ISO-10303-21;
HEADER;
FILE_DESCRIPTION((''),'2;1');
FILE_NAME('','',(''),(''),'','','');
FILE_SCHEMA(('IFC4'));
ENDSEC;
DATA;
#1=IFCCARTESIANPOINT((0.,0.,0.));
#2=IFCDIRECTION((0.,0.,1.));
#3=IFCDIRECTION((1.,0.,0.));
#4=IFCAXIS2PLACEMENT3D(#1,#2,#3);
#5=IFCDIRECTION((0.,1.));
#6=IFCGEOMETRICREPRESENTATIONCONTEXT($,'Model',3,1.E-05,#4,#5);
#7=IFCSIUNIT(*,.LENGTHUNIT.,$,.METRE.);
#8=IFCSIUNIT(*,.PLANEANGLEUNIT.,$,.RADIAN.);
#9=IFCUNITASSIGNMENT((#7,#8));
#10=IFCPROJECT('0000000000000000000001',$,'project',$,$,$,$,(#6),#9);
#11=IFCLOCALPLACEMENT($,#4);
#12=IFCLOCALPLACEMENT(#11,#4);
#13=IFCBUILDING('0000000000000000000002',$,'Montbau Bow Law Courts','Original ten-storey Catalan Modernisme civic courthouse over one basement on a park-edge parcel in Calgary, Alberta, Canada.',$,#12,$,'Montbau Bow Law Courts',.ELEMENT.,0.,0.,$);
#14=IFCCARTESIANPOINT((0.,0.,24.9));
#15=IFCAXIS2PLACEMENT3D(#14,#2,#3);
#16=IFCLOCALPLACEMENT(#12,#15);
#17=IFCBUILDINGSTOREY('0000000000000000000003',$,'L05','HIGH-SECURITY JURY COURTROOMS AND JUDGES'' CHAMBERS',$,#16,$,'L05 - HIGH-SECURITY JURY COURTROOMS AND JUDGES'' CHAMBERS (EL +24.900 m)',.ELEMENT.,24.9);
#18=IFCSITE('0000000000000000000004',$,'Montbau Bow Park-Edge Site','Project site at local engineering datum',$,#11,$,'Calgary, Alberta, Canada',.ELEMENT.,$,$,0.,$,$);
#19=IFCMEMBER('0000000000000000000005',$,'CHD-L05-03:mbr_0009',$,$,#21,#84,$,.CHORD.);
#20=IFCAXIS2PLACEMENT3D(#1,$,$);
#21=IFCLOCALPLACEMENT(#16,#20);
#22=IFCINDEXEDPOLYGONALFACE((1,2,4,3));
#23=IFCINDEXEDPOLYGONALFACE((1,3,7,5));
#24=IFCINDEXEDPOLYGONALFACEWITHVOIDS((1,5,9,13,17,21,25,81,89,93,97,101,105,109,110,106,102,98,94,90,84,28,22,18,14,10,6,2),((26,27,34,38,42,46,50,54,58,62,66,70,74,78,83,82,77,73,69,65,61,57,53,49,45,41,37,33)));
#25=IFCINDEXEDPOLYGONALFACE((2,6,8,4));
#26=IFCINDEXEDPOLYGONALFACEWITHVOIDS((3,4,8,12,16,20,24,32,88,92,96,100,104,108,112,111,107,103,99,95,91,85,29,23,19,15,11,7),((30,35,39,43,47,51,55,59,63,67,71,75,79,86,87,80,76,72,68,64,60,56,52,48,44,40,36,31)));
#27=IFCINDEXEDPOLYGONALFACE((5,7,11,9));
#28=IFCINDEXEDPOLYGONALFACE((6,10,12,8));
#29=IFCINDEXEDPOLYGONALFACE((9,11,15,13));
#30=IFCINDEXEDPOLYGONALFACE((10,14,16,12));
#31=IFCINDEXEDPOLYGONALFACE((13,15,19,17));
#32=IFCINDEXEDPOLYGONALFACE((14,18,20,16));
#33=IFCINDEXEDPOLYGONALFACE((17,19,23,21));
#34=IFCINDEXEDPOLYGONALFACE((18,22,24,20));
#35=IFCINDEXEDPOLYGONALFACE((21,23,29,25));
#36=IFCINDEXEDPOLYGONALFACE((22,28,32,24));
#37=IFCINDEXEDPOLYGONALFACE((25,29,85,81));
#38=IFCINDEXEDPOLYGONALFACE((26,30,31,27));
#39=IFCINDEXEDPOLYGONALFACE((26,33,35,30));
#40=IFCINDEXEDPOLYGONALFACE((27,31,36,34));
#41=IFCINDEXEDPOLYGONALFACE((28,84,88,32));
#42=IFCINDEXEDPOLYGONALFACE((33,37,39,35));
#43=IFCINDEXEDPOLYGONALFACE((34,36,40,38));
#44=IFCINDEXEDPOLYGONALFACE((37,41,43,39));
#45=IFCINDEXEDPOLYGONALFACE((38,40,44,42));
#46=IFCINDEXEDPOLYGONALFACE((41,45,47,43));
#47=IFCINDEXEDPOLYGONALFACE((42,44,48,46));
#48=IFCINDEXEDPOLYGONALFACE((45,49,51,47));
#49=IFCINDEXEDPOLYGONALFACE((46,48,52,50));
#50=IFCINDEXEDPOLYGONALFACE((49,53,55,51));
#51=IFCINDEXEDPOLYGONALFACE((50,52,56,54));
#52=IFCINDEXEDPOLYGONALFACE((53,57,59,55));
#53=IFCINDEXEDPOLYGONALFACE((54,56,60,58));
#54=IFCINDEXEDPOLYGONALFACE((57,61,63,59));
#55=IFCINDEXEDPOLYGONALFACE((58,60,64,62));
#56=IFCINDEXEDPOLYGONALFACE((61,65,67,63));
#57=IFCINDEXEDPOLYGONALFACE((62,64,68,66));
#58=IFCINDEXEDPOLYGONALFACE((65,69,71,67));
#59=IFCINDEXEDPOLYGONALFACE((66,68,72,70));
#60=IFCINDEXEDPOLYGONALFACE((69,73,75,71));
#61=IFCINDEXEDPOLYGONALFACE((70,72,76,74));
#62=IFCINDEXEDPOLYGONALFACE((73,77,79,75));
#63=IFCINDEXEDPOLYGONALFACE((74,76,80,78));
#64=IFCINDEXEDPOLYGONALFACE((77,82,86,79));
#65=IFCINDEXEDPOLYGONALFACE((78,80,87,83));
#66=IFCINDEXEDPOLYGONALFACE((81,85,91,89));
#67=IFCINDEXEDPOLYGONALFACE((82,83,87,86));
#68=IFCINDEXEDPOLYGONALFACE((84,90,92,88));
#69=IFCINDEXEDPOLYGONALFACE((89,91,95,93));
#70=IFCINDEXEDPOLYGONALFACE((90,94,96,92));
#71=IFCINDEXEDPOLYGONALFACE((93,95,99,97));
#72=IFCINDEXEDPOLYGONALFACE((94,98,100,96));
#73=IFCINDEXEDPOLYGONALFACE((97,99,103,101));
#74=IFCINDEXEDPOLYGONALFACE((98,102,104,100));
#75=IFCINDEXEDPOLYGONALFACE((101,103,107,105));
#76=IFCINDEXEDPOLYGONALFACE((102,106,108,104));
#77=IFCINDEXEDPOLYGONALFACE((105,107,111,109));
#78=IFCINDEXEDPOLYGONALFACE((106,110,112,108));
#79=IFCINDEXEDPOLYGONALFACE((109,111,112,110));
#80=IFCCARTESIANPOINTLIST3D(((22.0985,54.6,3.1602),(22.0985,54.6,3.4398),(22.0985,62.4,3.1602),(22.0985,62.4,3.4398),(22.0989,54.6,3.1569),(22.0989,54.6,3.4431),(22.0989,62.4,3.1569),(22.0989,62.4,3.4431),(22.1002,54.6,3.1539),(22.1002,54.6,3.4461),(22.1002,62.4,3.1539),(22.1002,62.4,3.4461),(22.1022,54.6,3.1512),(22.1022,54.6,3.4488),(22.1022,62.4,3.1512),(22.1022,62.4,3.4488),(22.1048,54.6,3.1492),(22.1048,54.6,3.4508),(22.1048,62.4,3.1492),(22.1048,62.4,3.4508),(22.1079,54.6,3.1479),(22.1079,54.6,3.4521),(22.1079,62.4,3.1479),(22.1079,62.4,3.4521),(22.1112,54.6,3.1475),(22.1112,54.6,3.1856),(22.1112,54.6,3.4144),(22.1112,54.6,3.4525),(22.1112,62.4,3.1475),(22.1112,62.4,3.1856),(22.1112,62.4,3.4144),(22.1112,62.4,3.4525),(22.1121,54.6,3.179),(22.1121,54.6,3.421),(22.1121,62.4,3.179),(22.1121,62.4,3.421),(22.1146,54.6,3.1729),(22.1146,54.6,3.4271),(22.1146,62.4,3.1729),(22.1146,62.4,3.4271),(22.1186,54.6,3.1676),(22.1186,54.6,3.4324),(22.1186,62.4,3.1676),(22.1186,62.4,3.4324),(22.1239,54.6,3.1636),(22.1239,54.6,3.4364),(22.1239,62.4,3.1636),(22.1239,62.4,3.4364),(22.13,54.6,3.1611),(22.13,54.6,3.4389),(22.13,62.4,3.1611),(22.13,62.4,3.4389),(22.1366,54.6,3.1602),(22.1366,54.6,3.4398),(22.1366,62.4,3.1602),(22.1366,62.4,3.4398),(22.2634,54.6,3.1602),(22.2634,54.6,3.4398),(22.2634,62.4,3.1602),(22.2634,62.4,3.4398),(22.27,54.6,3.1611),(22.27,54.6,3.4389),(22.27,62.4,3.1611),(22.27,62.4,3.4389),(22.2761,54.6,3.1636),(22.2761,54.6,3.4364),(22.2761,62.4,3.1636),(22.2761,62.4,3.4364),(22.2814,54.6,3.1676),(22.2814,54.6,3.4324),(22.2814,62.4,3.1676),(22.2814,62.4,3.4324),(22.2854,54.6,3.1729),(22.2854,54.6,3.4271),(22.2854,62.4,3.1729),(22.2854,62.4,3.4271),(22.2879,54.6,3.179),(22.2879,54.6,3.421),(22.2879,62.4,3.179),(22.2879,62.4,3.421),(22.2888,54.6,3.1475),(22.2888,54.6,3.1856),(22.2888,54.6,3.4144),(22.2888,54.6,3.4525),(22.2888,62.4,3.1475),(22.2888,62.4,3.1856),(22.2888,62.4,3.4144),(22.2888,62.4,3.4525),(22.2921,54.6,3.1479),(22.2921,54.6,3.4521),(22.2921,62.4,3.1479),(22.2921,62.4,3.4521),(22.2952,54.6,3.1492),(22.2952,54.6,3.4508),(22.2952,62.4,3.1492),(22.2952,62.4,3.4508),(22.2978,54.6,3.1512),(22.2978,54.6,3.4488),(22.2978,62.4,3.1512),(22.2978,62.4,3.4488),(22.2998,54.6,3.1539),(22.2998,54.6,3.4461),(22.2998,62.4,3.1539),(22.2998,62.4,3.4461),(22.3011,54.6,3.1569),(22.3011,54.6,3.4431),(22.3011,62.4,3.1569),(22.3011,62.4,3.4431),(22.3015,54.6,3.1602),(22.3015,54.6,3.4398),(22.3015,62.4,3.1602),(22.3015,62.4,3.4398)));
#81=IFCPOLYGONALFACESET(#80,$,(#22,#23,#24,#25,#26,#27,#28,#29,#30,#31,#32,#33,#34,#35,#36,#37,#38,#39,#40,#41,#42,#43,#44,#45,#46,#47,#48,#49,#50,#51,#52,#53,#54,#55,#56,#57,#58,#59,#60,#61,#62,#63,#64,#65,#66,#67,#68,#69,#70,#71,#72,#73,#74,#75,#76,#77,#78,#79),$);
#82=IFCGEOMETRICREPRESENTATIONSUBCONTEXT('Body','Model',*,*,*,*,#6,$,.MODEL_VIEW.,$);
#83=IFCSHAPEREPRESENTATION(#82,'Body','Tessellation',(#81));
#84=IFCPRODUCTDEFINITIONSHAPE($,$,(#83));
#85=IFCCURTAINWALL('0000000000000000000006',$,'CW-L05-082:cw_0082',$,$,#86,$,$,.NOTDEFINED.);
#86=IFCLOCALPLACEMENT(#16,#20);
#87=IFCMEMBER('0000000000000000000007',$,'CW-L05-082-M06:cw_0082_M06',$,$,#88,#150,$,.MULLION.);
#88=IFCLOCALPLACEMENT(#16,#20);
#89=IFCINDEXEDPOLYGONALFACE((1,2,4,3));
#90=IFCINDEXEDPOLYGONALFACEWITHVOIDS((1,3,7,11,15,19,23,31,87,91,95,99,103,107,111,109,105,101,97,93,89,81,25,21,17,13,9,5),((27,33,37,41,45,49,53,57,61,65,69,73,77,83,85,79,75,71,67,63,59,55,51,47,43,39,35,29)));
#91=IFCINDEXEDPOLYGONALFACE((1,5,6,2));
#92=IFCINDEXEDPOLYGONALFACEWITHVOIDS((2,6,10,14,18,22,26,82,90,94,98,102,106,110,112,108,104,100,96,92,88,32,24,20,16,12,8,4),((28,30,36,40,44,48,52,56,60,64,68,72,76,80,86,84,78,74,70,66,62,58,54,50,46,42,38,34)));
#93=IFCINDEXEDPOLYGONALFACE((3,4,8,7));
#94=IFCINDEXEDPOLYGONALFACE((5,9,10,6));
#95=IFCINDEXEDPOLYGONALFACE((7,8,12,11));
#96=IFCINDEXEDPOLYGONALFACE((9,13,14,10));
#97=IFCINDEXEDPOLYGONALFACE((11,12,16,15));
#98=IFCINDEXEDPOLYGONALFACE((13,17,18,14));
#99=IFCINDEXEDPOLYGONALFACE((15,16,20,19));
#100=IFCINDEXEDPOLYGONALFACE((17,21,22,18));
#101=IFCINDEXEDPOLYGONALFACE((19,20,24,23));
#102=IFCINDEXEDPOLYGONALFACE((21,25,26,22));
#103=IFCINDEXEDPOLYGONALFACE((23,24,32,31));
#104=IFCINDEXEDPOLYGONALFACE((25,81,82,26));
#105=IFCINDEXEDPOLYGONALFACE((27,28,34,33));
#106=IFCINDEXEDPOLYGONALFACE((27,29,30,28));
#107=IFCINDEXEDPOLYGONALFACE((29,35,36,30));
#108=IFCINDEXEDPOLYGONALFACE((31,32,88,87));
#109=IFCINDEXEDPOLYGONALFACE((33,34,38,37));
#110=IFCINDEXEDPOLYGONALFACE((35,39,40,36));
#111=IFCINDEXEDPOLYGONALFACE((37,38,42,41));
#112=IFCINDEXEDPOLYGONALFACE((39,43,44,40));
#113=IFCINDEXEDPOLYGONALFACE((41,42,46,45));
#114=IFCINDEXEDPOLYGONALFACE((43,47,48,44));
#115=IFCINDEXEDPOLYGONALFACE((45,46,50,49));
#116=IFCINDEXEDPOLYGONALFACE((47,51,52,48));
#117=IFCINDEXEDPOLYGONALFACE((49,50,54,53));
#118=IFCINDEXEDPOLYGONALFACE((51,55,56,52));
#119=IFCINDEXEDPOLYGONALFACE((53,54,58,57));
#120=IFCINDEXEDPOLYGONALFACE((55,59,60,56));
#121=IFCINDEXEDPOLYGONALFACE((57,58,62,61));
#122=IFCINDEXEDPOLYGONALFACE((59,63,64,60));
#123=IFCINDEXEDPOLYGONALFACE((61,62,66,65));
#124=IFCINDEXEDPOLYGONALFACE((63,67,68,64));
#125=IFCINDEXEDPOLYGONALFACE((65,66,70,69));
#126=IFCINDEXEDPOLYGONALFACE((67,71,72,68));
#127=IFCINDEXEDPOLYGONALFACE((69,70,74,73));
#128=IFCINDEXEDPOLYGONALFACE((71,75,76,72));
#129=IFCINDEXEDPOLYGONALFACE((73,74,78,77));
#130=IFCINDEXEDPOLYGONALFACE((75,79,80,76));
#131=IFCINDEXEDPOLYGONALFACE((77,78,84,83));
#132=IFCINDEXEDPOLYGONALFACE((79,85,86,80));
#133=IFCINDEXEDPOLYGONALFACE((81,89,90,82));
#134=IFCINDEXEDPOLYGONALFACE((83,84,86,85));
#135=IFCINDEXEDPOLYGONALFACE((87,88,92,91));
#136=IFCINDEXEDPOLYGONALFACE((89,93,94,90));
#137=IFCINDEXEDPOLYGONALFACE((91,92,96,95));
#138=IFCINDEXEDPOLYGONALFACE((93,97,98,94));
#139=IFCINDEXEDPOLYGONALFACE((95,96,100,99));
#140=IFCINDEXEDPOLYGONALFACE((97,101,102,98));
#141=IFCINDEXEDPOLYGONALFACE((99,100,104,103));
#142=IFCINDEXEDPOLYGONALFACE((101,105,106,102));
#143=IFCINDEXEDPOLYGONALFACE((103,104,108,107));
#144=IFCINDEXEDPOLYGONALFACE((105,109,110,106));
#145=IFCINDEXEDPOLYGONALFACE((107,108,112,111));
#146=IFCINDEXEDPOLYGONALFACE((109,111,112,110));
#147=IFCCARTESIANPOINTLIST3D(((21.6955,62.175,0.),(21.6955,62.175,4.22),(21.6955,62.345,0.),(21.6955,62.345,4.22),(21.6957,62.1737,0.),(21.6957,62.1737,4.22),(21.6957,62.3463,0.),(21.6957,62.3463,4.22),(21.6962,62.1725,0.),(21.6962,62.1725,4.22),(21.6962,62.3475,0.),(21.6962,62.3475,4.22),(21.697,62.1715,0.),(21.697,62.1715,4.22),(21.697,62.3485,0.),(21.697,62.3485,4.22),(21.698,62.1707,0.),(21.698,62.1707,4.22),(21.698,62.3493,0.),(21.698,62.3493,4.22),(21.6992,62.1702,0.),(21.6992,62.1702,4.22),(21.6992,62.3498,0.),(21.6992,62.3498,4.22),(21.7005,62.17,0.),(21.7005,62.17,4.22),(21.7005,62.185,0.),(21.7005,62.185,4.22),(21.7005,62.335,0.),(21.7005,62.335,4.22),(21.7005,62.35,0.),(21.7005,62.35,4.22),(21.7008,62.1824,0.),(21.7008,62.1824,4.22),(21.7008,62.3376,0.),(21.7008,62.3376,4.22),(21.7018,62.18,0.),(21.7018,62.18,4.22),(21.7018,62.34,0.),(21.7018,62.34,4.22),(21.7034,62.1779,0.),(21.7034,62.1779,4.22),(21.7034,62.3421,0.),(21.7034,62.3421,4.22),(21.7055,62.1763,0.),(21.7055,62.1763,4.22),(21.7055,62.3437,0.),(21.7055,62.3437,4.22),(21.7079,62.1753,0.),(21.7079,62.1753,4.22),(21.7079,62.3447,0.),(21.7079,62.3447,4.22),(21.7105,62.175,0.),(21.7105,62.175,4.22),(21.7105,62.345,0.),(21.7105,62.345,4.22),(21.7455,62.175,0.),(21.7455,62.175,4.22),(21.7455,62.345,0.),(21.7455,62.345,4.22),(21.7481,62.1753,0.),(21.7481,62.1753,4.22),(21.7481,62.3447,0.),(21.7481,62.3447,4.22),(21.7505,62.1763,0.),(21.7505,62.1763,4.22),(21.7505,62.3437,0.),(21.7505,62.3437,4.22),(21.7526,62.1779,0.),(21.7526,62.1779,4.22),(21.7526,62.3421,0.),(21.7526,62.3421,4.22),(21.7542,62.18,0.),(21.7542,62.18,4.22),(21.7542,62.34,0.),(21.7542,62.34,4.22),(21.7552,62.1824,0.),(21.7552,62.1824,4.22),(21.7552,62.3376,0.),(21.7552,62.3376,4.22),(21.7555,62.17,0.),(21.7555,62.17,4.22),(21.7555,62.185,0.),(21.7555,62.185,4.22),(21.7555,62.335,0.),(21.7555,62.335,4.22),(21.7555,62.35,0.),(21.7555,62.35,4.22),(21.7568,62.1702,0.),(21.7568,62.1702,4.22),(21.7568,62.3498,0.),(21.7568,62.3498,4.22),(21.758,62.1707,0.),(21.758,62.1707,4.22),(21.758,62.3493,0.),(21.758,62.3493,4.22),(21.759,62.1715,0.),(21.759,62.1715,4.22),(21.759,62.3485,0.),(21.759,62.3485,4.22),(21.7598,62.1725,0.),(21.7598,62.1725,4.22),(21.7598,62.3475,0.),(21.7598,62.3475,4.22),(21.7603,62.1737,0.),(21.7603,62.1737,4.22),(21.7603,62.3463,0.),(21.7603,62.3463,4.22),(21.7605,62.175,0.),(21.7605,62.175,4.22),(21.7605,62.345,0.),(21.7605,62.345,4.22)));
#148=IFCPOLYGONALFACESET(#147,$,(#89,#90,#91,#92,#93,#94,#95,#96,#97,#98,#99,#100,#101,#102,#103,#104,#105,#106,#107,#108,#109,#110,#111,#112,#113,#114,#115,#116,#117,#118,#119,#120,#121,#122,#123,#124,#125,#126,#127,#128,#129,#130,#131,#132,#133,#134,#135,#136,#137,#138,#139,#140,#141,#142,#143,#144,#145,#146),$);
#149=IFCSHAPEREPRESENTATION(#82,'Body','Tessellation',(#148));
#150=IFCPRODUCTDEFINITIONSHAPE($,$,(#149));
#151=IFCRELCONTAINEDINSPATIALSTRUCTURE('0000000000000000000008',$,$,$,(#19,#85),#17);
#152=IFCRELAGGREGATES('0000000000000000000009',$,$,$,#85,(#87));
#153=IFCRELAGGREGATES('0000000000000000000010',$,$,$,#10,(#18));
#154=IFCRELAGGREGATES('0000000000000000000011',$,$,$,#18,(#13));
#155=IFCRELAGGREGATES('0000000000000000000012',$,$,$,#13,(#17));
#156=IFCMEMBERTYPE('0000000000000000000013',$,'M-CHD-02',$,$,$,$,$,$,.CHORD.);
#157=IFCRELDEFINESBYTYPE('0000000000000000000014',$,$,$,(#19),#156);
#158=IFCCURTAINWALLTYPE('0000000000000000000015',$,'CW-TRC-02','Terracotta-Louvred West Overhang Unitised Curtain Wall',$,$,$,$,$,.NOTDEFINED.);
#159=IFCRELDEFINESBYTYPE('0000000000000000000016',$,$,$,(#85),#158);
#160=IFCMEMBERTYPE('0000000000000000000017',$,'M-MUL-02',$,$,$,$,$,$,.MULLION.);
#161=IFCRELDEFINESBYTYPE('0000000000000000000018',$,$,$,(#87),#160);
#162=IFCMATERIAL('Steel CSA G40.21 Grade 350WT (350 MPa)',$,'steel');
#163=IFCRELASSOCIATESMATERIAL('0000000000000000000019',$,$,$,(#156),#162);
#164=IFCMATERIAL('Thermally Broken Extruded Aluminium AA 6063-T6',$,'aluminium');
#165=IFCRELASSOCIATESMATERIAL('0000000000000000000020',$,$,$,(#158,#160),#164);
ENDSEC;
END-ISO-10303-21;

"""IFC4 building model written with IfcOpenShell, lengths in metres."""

from ifc_helpers import new_model, si_unit, direction, frame, origin_with_axes, origin_2d_with_axis, place, context, subcontext, project, spatial, hollow_rectangle, extrude, material, material_profile, profile_set, type_object, element, aggregate, save


model = new_model("IFC4")

# Units and contexts
model_context = context("Model", 3, precision=1e-05, world=origin_with_axes(), true_north=direction((0.0, 1.0)))
body_context = subcontext(model_context, "Body", "Model", "MODEL_VIEW")
ifc_project = project(units=[si_unit("LENGTHUNIT", "METRE"), si_unit("PLANEANGLEUNIT", "RADIAN")], contexts=[model_context])

# Site, building, storey
site_placement = place(None, origin_with_axes())
site = spatial("IfcSite", under=ifc_project, at=site_placement, Name="Montbau Bow Park-Edge Site", Description="Project site at local engineering datum", LongName="Calgary, Alberta, Canada", CompositionType="ELEMENT", RefElevation=0.0)
building_placement = place(site_placement, origin_with_axes())
building = spatial("IfcBuilding", under=site, at=building_placement, Name="Montbau Bow Law Courts", Description="Original ten-storey Catalan Modernisme civic courthouse over one basement on a park-edge parcel in Calgary, Alberta, Canada.", LongName="Montbau Bow Law Courts", CompositionType="ELEMENT", ElevationOfRefHeight=0.0, ElevationOfTerrain=0.0)
storey_placement = place(building_placement, frame((0.0, 0.0, 24.9), z_axis=(0.0, 0.0, 1.0), x_axis=(1.0, 0.0, 0.0)))
storey = spatial("IfcBuildingStorey", under=building, at=storey_placement, Name="L05", Description="HIGH-SECURITY JURY COURTROOMS AND JUDGES' CHAMBERS", LongName="L05 - HIGH-SECURITY JURY COURTROOMS AND JUDGES' CHAMBERS (EL +24.900 m)", CompositionType="ELEMENT", Elevation=24.9)

# Shared definitions
ifc_material_1 = material(Name="Steel CSA G40.21 Grade 350WT (350 MPa)", Category="steel")

# Member
ifc_material_profile_1 = material_profile(ifc_material_1, hollow_rectangle(XDim=0.203, YDim=0.305, WallThickness=0.0127, InnerFilletRadius=0.0254, OuterFilletRadius=0.0127, at=origin_2d_with_axis()), Name="HSS305X203X13", Category="Main", Priority=0)
ifc_profile_set_1 = profile_set([ifc_material_profile_1], Name="Steel CSA G40.21 Grade 350WT (350 MPa)")
member_type_1 = type_object("IfcMemberType", Name="M-CHD-02", PredefinedType="CHORD", material=ifc_profile_set_1)
for number, where, z_axis, x_axis, name in (
    (1, (22.2, 54.6, 28.2), (0.0, 1.0, 0.0), (-1.0, 0.0, 0.0), "CHD-L05-03:mbr_0009"),
):
    element("IfcMember", number, at=place(None, frame(where, z_axis=z_axis, x_axis=x_axis)), inside=storey, type_object=member_type_1, Name=name, PredefinedType="CHORD", context=body_context, shape_type="SweptSolid", body=[
        extrude(hollow_rectangle(XDim=0.203, YDim=0.305, WallThickness=0.0127, InnerFilletRadius=0.0254, OuterFilletRadius=0.0127, at=origin_2d_with_axis()), origin_with_axes(), (0.0, 0.0, 1.0), 7.8),
    ])

# Curtain wall, member
ifc_material_2 = material(Name="Thermally Broken Extruded Aluminium AA 6063-T6", Category="aluminium")
curtain_wall_type = type_object("IfcCurtainWallType", Name="CW-TRC-02", Description="Terracotta-Louvred West Overhang Unitised Curtain Wall", PredefinedType="NOTDEFINED", material=ifc_material_2)
curtain_wall_1_placement = place(None, frame((14.24, 62.26, 24.9), z_axis=(0.0, 0.0, 1.0), x_axis=(1.0, 0.0, 0.0)))
curtain_wall_1 = element("IfcCurtainWall", 2, at=curtain_wall_1_placement, inside=storey, type_object=curtain_wall_type, Name="CW-L05-082:cw_0082", PredefinedType="NOTDEFINED")
ifc_material_profile_2 = material_profile(ifc_material_2, hollow_rectangle(XDim=0.065, YDim=0.18, WallThickness=0.005, InnerFilletRadius=0.01, OuterFilletRadius=0.005, at=origin_2d_with_axis()), Name="CWM-180X65", Category="Main", Priority=0)
ifc_profile_set_2 = profile_set([ifc_material_profile_2], Name="Thermally Broken Extruded Aluminium AA 6063-T6")
member_type_2 = type_object("IfcMemberType", Name="M-MUL-02", PredefinedType="MULLION", material=ifc_profile_set_2)
member_1_placement = place(None, frame((21.728, 62.26, 24.9), z_axis=(0.0, 0.0, 1.0), x_axis=(1.0, 0.0, 0.0)))
member_1 = element("IfcMember", 3, at=member_1_placement, type_object=member_type_2, Name="CW-L05-082-M06:cw_0082_M06", PredefinedType="MULLION", context=body_context, shape_type="SweptSolid", body=[
    extrude(hollow_rectangle(XDim=0.065, YDim=0.18, WallThickness=0.005, InnerFilletRadius=0.01, OuterFilletRadius=0.005, at=origin_2d_with_axis()), origin_with_axes(), (0.0, 0.0, 1.0), 4.22),
])
aggregate(curtain_wall_1, [member_1])

save(model, "model.ifc")
